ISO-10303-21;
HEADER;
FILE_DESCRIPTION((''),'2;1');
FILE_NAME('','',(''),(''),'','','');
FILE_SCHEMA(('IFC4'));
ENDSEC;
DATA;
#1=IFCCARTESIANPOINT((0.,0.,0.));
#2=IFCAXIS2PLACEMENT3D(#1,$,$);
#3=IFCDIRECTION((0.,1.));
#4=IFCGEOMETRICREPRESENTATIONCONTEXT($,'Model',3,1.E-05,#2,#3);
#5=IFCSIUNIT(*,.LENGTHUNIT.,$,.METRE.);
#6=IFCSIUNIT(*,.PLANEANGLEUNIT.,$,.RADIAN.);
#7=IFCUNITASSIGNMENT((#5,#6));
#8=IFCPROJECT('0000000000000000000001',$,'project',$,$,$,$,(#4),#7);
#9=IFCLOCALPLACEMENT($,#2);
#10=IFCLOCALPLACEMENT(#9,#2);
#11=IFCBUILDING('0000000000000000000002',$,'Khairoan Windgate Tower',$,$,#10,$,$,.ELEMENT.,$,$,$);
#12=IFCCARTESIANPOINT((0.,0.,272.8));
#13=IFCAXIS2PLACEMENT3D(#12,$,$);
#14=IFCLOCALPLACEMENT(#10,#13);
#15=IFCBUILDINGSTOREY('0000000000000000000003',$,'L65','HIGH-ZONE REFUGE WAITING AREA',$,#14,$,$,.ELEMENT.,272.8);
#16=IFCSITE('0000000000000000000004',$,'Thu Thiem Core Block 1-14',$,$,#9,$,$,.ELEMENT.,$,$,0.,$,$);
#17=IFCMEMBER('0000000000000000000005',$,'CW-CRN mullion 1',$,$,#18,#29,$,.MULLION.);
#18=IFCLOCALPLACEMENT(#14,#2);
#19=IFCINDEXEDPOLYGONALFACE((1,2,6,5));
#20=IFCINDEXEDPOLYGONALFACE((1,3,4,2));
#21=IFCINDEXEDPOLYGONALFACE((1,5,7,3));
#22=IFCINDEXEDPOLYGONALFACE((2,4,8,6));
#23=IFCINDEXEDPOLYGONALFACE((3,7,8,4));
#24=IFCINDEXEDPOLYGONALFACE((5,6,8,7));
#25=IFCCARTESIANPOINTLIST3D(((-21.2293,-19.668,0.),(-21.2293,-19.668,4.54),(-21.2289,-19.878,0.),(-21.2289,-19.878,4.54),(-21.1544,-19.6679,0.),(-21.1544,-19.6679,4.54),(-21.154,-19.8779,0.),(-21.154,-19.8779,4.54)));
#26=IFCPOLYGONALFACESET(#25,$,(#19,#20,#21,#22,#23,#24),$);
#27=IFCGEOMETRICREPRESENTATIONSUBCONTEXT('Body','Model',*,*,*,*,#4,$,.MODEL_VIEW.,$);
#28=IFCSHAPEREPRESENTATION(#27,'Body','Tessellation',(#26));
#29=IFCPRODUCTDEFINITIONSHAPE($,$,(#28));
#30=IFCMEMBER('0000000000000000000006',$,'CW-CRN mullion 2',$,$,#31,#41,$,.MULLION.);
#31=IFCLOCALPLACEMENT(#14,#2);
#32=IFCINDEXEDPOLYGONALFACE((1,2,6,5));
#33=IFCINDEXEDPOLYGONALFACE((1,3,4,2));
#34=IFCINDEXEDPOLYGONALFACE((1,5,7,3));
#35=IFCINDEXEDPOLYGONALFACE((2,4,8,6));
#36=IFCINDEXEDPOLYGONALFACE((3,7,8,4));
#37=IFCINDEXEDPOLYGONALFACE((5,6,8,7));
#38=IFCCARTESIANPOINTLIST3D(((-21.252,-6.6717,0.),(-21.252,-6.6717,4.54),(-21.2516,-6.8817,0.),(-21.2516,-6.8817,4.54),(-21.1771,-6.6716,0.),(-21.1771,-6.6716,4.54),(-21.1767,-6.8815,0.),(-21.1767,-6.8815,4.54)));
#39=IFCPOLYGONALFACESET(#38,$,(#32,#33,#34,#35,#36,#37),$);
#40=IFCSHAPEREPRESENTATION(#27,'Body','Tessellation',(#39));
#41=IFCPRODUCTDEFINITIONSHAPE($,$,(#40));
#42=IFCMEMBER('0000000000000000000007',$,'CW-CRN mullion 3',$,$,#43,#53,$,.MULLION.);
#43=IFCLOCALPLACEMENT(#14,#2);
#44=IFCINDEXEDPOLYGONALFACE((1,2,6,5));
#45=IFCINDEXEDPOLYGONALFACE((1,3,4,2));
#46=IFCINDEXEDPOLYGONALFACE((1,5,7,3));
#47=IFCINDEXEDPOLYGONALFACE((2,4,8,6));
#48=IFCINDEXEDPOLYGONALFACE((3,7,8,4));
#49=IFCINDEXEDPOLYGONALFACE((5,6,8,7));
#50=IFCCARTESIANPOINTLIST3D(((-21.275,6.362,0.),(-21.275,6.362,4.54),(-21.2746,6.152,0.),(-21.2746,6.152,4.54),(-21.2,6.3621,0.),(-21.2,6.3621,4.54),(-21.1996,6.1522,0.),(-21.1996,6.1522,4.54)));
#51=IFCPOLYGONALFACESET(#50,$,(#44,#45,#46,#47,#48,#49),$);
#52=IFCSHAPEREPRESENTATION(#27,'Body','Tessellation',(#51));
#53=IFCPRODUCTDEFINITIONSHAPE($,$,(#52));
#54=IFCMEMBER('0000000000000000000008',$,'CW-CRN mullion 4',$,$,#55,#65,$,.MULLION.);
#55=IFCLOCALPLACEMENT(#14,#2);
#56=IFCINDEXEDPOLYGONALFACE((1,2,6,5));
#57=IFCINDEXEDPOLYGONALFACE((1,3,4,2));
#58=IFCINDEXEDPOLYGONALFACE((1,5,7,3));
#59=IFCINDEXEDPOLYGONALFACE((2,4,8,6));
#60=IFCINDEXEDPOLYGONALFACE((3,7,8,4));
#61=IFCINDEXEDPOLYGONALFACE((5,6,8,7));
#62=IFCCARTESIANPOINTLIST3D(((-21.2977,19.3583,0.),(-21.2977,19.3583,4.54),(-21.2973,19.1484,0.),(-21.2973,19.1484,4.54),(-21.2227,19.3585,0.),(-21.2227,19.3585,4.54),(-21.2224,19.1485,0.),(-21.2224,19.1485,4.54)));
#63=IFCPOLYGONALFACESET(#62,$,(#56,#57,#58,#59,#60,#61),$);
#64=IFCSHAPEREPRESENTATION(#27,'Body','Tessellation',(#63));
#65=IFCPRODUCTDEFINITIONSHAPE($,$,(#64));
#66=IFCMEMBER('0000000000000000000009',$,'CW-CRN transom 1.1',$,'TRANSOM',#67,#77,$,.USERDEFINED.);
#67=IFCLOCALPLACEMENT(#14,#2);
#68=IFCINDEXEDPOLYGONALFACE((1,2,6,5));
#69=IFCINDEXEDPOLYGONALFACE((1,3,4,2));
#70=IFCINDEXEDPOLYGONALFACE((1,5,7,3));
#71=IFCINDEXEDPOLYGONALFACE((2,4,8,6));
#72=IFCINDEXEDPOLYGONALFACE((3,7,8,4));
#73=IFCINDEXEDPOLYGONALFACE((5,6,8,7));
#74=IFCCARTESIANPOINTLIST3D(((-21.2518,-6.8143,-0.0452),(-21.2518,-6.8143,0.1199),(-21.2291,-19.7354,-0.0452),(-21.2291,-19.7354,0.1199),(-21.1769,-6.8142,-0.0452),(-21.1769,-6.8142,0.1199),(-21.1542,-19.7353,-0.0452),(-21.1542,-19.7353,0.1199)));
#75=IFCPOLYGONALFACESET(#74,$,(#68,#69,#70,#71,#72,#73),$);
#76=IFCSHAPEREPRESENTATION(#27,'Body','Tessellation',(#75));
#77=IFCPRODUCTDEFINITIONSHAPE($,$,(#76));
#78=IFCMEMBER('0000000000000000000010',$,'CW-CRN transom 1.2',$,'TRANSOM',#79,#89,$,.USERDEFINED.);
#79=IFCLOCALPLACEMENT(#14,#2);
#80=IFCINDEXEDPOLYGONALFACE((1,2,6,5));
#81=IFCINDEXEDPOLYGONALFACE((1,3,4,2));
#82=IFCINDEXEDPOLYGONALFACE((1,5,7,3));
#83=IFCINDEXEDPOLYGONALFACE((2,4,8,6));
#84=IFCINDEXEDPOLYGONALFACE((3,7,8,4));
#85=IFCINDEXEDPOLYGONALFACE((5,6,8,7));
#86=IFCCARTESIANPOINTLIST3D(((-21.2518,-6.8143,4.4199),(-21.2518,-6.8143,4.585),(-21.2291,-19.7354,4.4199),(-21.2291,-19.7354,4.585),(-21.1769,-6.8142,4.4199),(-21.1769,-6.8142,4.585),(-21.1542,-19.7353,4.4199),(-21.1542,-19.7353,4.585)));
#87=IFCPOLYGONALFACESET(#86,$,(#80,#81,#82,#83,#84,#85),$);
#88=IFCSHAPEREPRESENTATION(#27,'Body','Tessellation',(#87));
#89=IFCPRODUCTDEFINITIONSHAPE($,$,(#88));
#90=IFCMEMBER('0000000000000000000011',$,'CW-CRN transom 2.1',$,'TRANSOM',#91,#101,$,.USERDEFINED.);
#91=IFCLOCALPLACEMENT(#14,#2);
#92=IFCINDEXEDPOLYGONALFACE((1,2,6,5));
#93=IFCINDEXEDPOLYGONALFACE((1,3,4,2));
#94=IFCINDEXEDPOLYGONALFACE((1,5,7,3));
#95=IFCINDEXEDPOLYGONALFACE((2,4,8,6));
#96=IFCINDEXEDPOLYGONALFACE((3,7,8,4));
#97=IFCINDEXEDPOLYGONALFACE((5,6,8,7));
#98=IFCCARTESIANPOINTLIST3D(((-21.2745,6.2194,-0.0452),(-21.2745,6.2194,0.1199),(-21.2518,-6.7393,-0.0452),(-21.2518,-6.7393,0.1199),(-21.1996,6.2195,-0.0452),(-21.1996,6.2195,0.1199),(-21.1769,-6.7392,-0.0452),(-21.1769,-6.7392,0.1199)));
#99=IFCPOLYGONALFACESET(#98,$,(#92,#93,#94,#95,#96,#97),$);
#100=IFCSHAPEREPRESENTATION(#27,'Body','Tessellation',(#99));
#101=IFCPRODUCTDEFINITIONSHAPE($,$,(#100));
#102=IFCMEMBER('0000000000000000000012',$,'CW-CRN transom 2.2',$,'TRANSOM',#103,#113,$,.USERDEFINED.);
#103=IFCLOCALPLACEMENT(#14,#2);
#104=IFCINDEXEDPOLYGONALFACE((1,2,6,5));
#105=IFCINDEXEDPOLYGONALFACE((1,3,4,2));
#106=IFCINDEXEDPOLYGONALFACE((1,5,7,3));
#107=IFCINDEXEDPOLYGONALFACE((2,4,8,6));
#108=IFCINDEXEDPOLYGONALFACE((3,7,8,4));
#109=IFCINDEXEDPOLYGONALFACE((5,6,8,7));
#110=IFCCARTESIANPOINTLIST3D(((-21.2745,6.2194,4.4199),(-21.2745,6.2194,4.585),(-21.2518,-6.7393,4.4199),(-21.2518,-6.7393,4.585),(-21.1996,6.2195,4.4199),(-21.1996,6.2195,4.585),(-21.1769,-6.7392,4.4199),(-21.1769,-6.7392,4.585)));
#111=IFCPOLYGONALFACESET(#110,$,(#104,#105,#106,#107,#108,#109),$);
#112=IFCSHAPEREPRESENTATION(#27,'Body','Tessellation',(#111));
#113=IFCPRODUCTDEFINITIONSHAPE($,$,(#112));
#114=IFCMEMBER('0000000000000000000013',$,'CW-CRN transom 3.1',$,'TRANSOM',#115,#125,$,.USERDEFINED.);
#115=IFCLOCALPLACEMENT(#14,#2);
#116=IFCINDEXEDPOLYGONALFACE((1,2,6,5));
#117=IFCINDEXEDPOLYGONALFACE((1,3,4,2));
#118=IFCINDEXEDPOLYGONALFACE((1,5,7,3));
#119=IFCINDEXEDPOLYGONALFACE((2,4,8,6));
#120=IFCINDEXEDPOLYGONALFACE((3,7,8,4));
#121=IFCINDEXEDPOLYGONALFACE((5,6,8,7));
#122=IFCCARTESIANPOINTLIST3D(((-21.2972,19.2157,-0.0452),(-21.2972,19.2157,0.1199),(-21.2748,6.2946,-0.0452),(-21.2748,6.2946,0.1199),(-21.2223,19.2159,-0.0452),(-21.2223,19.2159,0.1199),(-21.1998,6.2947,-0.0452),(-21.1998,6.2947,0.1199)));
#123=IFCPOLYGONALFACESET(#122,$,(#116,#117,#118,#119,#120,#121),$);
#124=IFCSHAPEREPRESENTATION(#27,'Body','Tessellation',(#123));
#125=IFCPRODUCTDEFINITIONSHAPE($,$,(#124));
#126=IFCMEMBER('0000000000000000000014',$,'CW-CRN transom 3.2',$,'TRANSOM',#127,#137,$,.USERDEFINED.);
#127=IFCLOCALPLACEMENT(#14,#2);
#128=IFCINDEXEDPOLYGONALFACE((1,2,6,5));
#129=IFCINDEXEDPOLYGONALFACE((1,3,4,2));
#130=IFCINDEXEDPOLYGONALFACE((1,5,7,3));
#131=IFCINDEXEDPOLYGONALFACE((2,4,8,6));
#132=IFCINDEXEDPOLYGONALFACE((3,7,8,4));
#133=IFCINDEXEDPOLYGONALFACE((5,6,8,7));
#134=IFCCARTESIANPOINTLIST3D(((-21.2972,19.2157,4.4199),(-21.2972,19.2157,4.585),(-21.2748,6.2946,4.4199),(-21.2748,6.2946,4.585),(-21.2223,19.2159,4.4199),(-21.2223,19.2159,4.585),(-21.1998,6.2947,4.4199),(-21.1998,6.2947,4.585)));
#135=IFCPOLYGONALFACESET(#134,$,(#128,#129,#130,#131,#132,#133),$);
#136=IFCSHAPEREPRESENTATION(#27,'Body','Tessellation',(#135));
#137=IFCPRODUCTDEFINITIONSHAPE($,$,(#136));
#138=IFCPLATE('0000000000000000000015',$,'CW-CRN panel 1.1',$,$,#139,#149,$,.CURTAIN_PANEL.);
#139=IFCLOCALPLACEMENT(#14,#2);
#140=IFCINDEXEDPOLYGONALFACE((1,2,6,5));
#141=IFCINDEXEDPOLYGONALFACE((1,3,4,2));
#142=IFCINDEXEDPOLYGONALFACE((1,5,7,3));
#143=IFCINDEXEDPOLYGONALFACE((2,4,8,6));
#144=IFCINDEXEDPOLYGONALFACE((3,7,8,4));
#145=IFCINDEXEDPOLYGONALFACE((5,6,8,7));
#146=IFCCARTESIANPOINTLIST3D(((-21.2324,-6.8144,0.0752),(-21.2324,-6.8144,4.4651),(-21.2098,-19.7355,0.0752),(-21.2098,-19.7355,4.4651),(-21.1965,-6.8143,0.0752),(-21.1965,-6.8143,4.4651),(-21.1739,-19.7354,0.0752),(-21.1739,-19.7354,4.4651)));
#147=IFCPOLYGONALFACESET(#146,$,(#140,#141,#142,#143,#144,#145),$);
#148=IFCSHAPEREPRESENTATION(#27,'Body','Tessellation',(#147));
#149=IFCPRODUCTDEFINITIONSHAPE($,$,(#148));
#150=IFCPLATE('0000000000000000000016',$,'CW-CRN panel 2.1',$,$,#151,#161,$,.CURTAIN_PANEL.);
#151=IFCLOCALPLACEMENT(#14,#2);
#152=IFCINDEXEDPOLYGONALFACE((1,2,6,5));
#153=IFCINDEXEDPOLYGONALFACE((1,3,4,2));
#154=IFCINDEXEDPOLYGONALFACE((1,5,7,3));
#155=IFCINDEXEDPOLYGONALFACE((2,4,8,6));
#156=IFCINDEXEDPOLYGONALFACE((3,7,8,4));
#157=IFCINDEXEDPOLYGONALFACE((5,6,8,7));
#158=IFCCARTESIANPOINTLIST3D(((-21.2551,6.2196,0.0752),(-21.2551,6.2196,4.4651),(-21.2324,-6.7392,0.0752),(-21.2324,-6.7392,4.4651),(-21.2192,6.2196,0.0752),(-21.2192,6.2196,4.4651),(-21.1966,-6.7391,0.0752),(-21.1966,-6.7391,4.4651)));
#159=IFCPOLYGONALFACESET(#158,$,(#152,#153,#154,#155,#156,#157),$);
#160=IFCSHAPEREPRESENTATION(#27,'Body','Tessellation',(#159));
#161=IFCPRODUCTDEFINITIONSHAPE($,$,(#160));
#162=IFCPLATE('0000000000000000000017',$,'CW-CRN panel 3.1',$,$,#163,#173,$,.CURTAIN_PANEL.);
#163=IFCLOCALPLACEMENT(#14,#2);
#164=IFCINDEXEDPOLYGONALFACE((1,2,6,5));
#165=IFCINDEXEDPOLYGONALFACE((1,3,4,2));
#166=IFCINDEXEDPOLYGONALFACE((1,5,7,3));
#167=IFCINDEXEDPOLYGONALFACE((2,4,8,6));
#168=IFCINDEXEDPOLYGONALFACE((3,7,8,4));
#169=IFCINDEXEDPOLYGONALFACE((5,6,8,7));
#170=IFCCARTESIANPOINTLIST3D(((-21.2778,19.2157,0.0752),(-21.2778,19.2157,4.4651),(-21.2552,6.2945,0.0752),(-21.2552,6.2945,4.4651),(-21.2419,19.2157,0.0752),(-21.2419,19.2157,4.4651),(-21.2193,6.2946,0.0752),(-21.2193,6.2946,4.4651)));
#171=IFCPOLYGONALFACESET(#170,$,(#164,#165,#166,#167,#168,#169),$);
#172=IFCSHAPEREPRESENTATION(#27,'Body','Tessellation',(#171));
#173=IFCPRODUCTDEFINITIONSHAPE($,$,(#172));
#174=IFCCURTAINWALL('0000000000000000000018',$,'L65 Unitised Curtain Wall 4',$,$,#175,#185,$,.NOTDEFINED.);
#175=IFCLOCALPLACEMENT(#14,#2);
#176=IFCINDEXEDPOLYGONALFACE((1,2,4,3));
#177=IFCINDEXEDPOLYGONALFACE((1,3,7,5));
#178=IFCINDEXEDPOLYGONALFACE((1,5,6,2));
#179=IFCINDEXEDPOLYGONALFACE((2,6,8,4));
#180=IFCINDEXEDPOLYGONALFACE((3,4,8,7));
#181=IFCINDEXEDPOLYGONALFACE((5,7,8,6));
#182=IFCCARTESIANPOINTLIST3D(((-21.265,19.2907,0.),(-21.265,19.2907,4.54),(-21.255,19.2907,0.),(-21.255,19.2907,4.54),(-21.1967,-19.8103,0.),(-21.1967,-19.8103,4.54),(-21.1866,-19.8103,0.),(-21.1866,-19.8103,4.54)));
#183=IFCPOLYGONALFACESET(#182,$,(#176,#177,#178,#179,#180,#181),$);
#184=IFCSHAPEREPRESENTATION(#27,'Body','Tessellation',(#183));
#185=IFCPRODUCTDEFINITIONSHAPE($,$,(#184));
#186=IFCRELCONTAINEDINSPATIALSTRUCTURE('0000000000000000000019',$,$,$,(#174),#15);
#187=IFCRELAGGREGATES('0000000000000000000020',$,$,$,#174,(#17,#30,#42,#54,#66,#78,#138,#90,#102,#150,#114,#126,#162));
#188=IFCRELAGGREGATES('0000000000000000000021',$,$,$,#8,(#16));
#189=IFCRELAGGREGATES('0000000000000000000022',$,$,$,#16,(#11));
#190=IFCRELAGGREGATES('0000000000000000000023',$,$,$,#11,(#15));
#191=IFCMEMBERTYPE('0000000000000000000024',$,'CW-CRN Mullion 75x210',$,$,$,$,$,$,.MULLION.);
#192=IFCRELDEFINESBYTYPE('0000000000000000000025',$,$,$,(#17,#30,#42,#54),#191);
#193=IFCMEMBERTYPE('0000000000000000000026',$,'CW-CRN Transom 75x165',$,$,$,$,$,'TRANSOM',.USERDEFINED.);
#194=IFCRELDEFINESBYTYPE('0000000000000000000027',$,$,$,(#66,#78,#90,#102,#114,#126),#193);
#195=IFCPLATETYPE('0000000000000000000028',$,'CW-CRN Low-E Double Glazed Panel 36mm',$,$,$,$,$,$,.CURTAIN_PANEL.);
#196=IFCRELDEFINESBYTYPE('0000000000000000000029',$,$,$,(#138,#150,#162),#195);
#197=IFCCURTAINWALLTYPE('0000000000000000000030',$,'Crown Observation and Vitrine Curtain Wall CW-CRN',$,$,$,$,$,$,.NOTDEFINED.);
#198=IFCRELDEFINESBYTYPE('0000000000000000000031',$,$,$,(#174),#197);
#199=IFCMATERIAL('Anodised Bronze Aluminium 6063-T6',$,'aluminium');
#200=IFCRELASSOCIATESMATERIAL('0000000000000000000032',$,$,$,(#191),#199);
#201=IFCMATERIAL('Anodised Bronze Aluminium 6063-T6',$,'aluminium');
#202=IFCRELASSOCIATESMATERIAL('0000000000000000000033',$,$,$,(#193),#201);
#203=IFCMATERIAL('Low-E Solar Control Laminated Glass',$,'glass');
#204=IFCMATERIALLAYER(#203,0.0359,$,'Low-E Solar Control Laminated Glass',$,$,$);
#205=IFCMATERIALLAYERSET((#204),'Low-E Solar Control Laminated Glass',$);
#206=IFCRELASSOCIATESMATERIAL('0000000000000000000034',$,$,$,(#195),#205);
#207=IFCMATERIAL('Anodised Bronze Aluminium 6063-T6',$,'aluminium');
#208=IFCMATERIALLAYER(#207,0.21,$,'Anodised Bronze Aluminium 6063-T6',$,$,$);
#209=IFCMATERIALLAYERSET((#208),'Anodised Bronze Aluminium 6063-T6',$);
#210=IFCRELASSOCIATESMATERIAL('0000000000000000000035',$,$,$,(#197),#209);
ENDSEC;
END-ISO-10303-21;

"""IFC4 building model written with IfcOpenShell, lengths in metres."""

from ifc_helpers import new_model, si_unit, direction, frame, frame_2d, origin, origin_2d, place, context, subcontext, project, spatial, rectangle, extrude, material, layer, layer_set, material_profile, profile_set, type_object, element, aggregate, save


model = new_model("IFC4")

# Units and contexts
model_context = context("Model", 3, precision=1e-05, world=origin(), true_north=direction((0.0, 1.0)))
body_context = subcontext(model_context, "Body", "Model", "MODEL_VIEW")
ifc_project = project(units=[si_unit("LENGTHUNIT", "METRE"), si_unit("PLANEANGLEUNIT", "RADIAN")], contexts=[model_context])

# Site, building, storey
site_placement = place(None, origin())
site = spatial("IfcSite", under=ifc_project, at=site_placement, Name="Thu Thiem Core Block 1-14", CompositionType="ELEMENT", RefElevation=0.0)
building_placement = place(site_placement, origin())
building = spatial("IfcBuilding", under=site, at=building_placement, Name="Khairoan Windgate Tower", CompositionType="ELEMENT")
storey_placement = place(building_placement, frame((0.0, 0.0, 272.8)))
storey = spatial("IfcBuildingStorey", under=building, at=storey_placement, Name="L65", Description="HIGH-ZONE REFUGE WAITING AREA", CompositionType="ELEMENT", Elevation=272.8)

# Members
ifc_material_1 = material(Name="Anodised Bronze Aluminium 6063-T6", Category="aluminium")
ifc_material_profile_1 = material_profile(ifc_material_1, rectangle(XDim=0.075, YDim=0.21, at=origin_2d()))
ifc_profile_set_1 = profile_set([ifc_material_profile_1], Name="Anodised Bronze Aluminium 6063-T6")
member_type_1 = type_object("IfcMemberType", Name="CW-CRN Mullion 75x210", PredefinedType="MULLION", material=ifc_profile_set_1)
member_1_placement = place(storey_placement, frame((-21.1917, -19.7729, 0.0), z_axis=(0.0, 0.0, 1.0), x_axis=(-0.999998, -0.001749, 0.0)))
member_1 = element("IfcMember", 1, at=member_1_placement, type_object=member_type_1, Name="CW-CRN mullion 1", PredefinedType="MULLION", context=body_context, shape_type="SweptSolid", body=[
    extrude(rectangle(XDim=0.075, YDim=0.21, at=origin_2d()), origin(), (0.0, 0.0, 1.0), 4.54),
])
member_2_placement = place(storey_placement, frame((-21.2144, -6.7766, 0.0), z_axis=(0.0, 0.0, 1.0), x_axis=(-0.999998, -0.001749, 0.0)))
member_2 = element("IfcMember", 2, at=member_2_placement, type_object=member_type_1, Name="CW-CRN mullion 2", PredefinedType="MULLION", context=body_context, shape_type="SweptSolid", body=[
    extrude(rectangle(XDim=0.075, YDim=0.21, at=origin_2d()), origin(), (0.0, 0.0, 1.0), 4.54),
])
member_3_placement = place(storey_placement, frame((-21.2373, 6.2571, 0.0), z_axis=(0.0, 0.0, 1.0), x_axis=(-0.999998, -0.001749, 0.0)))
member_3 = element("IfcMember", 3, at=member_3_placement, type_object=member_type_1, Name="CW-CRN mullion 3", PredefinedType="MULLION", context=body_context, shape_type="SweptSolid", body=[
    extrude(rectangle(XDim=0.075, YDim=0.21, at=origin_2d()), origin(), (0.0, 0.0, 1.0), 4.54),
])
member_4_placement = place(storey_placement, frame((-21.26, 19.2534, 0.0), z_axis=(0.0, 0.0, 1.0), x_axis=(-0.999998, -0.001749, 0.0)))
member_4 = element("IfcMember", 4, at=member_4_placement, type_object=member_type_1, Name="CW-CRN mullion 4", PredefinedType="MULLION", context=body_context, shape_type="SweptSolid", body=[
    extrude(rectangle(XDim=0.075, YDim=0.21, at=origin_2d()), origin(), (0.0, 0.0, 1.0), 4.54),
])
ifc_material_2 = material(Name="Anodised Bronze Aluminium 6063-T6", Category="aluminium")
ifc_material_profile_2 = material_profile(ifc_material_2, rectangle(XDim=0.075, YDim=0.165, at=origin_2d()))
ifc_profile_set_2 = profile_set([ifc_material_profile_2], Name="Anodised Bronze Aluminium 6063-T6")
member_type_2 = type_object("IfcMemberType", Name="CW-CRN Transom 75x165", ElementType="TRANSOM", PredefinedType="USERDEFINED", material=ifc_profile_set_2)
member_5_placement = place(storey_placement, frame((-21.1917, -19.7354, 0.0374), z_axis=(-0.001757, 0.999998, 0.0), x_axis=(-0.999998, -0.001757, 0.0)))
member_5 = element("IfcMember", 5, at=member_5_placement, type_object=member_type_2, Name="CW-CRN transom 1.1", ObjectType="TRANSOM", PredefinedType="USERDEFINED", context=body_context, shape_type="SweptSolid", body=[
    extrude(rectangle(XDim=0.075, YDim=0.165, at=origin_2d()), origin(), (0.0, 0.0, 1.0), 12.9211),
])
member_6_placement = place(storey_placement, frame((-21.1917, -19.7354, 4.5024), z_axis=(-0.001757, 0.999998, 0.0), x_axis=(-0.999998, -0.001757, 0.0)))
member_6 = element("IfcMember", 6, at=member_6_placement, type_object=member_type_2, Name="CW-CRN transom 1.2", ObjectType="TRANSOM", PredefinedType="USERDEFINED", context=body_context, shape_type="SweptSolid", body=[
    extrude(rectangle(XDim=0.075, YDim=0.165, at=origin_2d()), origin(), (0.0, 0.0, 1.0), 12.9211),
])
member_7_placement = place(storey_placement, frame((-21.2144, -6.7393, 0.0374), z_axis=(-0.001752, 0.999998, 0.0), x_axis=(-0.999998, -0.001752, 0.0)))
member_7 = element("IfcMember", 7, at=member_7_placement, type_object=member_type_2, Name="CW-CRN transom 2.1", ObjectType="TRANSOM", PredefinedType="USERDEFINED", context=body_context, shape_type="SweptSolid", body=[
    extrude(rectangle(XDim=0.075, YDim=0.165, at=origin_2d()), origin(), (0.0, 0.0, 1.0), 12.9587),
])
member_8_placement = place(storey_placement, frame((-21.2144, -6.7393, 4.5024), z_axis=(-0.001752, 0.999998, 0.0), x_axis=(-0.999998, -0.001752, 0.0)))
member_8 = element("IfcMember", 8, at=member_8_placement, type_object=member_type_2, Name="CW-CRN transom 2.2", ObjectType="TRANSOM", PredefinedType="USERDEFINED", context=body_context, shape_type="SweptSolid", body=[
    extrude(rectangle(XDim=0.075, YDim=0.165, at=origin_2d()), origin(), (0.0, 0.0, 1.0), 12.9587),
])
member_9_placement = place(storey_placement, frame((-21.2373, 6.2947, 0.0374), z_axis=(-0.001738, 0.999998, 0.0), x_axis=(-0.999998, -0.001738, 0.0)))
member_9 = element("IfcMember", 9, at=member_9_placement, type_object=member_type_2, Name="CW-CRN transom 3.1", ObjectType="TRANSOM", PredefinedType="USERDEFINED", context=body_context, shape_type="SweptSolid", body=[
    extrude(rectangle(XDim=0.075, YDim=0.165, at=origin_2d()), origin(), (0.0, 0.0, 1.0), 12.9211),
])
member_10_placement = place(storey_placement, frame((-21.2373, 6.2947, 4.5024), z_axis=(-0.001738, 0.999998, 0.0), x_axis=(-0.999998, -0.001738, 0.0)))
member_10 = element("IfcMember", 10, at=member_10_placement, type_object=member_type_2, Name="CW-CRN transom 3.2", ObjectType="TRANSOM", PredefinedType="USERDEFINED", context=body_context, shape_type="SweptSolid", body=[
    extrude(rectangle(XDim=0.075, YDim=0.165, at=origin_2d()), origin(), (0.0, 0.0, 1.0), 12.9211),
])

# Plates
ifc_material_3 = material(Name="Low-E Solar Control Laminated Glass", Category="glass")
ifc_layer_1 = layer(ifc_material_3, 0.0359, Name="Low-E Solar Control Laminated Glass")
ifc_layer_set_1 = layer_set([ifc_layer_1], Name="Low-E Solar Control Laminated Glass")
plate_type_1 = type_object("IfcPlateType", Name="CW-CRN Low-E Double Glazed Panel 36mm", PredefinedType="CURTAIN_PANEL", material=ifc_layer_set_1)
plate_1_placement = place(storey_placement, frame((-21.2031, -13.2749, 0.0752), z_axis=(0.0, 0.0, 1.0), x_axis=(-0.001749, 0.999998, 0.0)))
plate_1 = element("IfcPlate", 11, at=plate_1_placement, type_object=plate_type_1, Name="CW-CRN panel 1.1", PredefinedType="CURTAIN_PANEL", context=body_context, shape_type="SweptSolid", body=[
    extrude(rectangle(XDim=12.9211, YDim=0.0359, at=origin_2d()), origin(), (0.0, 0.0, 1.0), 4.3899),
])
plate_2_placement = place(storey_placement, frame((-21.2258, -0.2598, 0.0752), z_axis=(0.0, 0.0, 1.0), x_axis=(-0.001749, 0.999998, 0.0)))
plate_2 = element("IfcPlate", 12, at=plate_2_placement, type_object=plate_type_1, Name="CW-CRN panel 2.1", PredefinedType="CURTAIN_PANEL", context=body_context, shape_type="SweptSolid", body=[
    extrude(rectangle(XDim=12.9587, YDim=0.0359, at=origin_2d()), origin(), (0.0, 0.0, 1.0), 4.3899),
])
plate_3_placement = place(storey_placement, frame((-21.2485, 12.7551, 0.0752), z_axis=(0.0, 0.0, 1.0), x_axis=(-0.001749, 0.999998, 0.0)))
plate_3 = element("IfcPlate", 13, at=plate_3_placement, type_object=plate_type_1, Name="CW-CRN panel 3.1", PredefinedType="CURTAIN_PANEL", context=body_context, shape_type="SweptSolid", body=[
    extrude(rectangle(XDim=12.9211, YDim=0.0359, at=origin_2d()), origin(), (0.0, 0.0, 1.0), 4.3899),
])

# Curtain wall
ifc_material_4 = material(Name="Anodised Bronze Aluminium 6063-T6", Category="aluminium")
ifc_layer_2 = layer(ifc_material_4, 0.21, Name="Anodised Bronze Aluminium 6063-T6")
ifc_layer_set_2 = layer_set([ifc_layer_2], Name="Anodised Bronze Aluminium 6063-T6")
curtain_wall_type_1 = type_object("IfcCurtainWallType", Name="Crown Observation and Vitrine Curtain Wall CW-CRN", PredefinedType="NOTDEFINED", material=ifc_layer_set_2)
curtain_wall_1_placement = place(storey_placement, frame((-21.1917, -19.8103, 0.0), z_axis=(0.0, 0.0, 1.0), x_axis=(-0.001748, 0.999998, 0.0)))
curtain_wall_1 = element("IfcCurtainWall", 14, at=curtain_wall_1_placement, inside=storey, type_object=curtain_wall_type_1, Name="L65 Unitised Curtain Wall 4", PredefinedType="NOTDEFINED", context=body_context, shape_type="SweptSolid", body=[
    extrude(rectangle(XDim=39.1011, YDim=0.01, at=frame_2d((19.5505, 0.0))), origin(), (0.0, 0.0, 1.0), 4.54),
])
aggregate(curtain_wall_1, [member_1, member_2, member_3, member_4, member_5, member_6, plate_1, member_7, member_8, plate_2, member_9, member_10, plate_3])

save(model, "model.ifc")
